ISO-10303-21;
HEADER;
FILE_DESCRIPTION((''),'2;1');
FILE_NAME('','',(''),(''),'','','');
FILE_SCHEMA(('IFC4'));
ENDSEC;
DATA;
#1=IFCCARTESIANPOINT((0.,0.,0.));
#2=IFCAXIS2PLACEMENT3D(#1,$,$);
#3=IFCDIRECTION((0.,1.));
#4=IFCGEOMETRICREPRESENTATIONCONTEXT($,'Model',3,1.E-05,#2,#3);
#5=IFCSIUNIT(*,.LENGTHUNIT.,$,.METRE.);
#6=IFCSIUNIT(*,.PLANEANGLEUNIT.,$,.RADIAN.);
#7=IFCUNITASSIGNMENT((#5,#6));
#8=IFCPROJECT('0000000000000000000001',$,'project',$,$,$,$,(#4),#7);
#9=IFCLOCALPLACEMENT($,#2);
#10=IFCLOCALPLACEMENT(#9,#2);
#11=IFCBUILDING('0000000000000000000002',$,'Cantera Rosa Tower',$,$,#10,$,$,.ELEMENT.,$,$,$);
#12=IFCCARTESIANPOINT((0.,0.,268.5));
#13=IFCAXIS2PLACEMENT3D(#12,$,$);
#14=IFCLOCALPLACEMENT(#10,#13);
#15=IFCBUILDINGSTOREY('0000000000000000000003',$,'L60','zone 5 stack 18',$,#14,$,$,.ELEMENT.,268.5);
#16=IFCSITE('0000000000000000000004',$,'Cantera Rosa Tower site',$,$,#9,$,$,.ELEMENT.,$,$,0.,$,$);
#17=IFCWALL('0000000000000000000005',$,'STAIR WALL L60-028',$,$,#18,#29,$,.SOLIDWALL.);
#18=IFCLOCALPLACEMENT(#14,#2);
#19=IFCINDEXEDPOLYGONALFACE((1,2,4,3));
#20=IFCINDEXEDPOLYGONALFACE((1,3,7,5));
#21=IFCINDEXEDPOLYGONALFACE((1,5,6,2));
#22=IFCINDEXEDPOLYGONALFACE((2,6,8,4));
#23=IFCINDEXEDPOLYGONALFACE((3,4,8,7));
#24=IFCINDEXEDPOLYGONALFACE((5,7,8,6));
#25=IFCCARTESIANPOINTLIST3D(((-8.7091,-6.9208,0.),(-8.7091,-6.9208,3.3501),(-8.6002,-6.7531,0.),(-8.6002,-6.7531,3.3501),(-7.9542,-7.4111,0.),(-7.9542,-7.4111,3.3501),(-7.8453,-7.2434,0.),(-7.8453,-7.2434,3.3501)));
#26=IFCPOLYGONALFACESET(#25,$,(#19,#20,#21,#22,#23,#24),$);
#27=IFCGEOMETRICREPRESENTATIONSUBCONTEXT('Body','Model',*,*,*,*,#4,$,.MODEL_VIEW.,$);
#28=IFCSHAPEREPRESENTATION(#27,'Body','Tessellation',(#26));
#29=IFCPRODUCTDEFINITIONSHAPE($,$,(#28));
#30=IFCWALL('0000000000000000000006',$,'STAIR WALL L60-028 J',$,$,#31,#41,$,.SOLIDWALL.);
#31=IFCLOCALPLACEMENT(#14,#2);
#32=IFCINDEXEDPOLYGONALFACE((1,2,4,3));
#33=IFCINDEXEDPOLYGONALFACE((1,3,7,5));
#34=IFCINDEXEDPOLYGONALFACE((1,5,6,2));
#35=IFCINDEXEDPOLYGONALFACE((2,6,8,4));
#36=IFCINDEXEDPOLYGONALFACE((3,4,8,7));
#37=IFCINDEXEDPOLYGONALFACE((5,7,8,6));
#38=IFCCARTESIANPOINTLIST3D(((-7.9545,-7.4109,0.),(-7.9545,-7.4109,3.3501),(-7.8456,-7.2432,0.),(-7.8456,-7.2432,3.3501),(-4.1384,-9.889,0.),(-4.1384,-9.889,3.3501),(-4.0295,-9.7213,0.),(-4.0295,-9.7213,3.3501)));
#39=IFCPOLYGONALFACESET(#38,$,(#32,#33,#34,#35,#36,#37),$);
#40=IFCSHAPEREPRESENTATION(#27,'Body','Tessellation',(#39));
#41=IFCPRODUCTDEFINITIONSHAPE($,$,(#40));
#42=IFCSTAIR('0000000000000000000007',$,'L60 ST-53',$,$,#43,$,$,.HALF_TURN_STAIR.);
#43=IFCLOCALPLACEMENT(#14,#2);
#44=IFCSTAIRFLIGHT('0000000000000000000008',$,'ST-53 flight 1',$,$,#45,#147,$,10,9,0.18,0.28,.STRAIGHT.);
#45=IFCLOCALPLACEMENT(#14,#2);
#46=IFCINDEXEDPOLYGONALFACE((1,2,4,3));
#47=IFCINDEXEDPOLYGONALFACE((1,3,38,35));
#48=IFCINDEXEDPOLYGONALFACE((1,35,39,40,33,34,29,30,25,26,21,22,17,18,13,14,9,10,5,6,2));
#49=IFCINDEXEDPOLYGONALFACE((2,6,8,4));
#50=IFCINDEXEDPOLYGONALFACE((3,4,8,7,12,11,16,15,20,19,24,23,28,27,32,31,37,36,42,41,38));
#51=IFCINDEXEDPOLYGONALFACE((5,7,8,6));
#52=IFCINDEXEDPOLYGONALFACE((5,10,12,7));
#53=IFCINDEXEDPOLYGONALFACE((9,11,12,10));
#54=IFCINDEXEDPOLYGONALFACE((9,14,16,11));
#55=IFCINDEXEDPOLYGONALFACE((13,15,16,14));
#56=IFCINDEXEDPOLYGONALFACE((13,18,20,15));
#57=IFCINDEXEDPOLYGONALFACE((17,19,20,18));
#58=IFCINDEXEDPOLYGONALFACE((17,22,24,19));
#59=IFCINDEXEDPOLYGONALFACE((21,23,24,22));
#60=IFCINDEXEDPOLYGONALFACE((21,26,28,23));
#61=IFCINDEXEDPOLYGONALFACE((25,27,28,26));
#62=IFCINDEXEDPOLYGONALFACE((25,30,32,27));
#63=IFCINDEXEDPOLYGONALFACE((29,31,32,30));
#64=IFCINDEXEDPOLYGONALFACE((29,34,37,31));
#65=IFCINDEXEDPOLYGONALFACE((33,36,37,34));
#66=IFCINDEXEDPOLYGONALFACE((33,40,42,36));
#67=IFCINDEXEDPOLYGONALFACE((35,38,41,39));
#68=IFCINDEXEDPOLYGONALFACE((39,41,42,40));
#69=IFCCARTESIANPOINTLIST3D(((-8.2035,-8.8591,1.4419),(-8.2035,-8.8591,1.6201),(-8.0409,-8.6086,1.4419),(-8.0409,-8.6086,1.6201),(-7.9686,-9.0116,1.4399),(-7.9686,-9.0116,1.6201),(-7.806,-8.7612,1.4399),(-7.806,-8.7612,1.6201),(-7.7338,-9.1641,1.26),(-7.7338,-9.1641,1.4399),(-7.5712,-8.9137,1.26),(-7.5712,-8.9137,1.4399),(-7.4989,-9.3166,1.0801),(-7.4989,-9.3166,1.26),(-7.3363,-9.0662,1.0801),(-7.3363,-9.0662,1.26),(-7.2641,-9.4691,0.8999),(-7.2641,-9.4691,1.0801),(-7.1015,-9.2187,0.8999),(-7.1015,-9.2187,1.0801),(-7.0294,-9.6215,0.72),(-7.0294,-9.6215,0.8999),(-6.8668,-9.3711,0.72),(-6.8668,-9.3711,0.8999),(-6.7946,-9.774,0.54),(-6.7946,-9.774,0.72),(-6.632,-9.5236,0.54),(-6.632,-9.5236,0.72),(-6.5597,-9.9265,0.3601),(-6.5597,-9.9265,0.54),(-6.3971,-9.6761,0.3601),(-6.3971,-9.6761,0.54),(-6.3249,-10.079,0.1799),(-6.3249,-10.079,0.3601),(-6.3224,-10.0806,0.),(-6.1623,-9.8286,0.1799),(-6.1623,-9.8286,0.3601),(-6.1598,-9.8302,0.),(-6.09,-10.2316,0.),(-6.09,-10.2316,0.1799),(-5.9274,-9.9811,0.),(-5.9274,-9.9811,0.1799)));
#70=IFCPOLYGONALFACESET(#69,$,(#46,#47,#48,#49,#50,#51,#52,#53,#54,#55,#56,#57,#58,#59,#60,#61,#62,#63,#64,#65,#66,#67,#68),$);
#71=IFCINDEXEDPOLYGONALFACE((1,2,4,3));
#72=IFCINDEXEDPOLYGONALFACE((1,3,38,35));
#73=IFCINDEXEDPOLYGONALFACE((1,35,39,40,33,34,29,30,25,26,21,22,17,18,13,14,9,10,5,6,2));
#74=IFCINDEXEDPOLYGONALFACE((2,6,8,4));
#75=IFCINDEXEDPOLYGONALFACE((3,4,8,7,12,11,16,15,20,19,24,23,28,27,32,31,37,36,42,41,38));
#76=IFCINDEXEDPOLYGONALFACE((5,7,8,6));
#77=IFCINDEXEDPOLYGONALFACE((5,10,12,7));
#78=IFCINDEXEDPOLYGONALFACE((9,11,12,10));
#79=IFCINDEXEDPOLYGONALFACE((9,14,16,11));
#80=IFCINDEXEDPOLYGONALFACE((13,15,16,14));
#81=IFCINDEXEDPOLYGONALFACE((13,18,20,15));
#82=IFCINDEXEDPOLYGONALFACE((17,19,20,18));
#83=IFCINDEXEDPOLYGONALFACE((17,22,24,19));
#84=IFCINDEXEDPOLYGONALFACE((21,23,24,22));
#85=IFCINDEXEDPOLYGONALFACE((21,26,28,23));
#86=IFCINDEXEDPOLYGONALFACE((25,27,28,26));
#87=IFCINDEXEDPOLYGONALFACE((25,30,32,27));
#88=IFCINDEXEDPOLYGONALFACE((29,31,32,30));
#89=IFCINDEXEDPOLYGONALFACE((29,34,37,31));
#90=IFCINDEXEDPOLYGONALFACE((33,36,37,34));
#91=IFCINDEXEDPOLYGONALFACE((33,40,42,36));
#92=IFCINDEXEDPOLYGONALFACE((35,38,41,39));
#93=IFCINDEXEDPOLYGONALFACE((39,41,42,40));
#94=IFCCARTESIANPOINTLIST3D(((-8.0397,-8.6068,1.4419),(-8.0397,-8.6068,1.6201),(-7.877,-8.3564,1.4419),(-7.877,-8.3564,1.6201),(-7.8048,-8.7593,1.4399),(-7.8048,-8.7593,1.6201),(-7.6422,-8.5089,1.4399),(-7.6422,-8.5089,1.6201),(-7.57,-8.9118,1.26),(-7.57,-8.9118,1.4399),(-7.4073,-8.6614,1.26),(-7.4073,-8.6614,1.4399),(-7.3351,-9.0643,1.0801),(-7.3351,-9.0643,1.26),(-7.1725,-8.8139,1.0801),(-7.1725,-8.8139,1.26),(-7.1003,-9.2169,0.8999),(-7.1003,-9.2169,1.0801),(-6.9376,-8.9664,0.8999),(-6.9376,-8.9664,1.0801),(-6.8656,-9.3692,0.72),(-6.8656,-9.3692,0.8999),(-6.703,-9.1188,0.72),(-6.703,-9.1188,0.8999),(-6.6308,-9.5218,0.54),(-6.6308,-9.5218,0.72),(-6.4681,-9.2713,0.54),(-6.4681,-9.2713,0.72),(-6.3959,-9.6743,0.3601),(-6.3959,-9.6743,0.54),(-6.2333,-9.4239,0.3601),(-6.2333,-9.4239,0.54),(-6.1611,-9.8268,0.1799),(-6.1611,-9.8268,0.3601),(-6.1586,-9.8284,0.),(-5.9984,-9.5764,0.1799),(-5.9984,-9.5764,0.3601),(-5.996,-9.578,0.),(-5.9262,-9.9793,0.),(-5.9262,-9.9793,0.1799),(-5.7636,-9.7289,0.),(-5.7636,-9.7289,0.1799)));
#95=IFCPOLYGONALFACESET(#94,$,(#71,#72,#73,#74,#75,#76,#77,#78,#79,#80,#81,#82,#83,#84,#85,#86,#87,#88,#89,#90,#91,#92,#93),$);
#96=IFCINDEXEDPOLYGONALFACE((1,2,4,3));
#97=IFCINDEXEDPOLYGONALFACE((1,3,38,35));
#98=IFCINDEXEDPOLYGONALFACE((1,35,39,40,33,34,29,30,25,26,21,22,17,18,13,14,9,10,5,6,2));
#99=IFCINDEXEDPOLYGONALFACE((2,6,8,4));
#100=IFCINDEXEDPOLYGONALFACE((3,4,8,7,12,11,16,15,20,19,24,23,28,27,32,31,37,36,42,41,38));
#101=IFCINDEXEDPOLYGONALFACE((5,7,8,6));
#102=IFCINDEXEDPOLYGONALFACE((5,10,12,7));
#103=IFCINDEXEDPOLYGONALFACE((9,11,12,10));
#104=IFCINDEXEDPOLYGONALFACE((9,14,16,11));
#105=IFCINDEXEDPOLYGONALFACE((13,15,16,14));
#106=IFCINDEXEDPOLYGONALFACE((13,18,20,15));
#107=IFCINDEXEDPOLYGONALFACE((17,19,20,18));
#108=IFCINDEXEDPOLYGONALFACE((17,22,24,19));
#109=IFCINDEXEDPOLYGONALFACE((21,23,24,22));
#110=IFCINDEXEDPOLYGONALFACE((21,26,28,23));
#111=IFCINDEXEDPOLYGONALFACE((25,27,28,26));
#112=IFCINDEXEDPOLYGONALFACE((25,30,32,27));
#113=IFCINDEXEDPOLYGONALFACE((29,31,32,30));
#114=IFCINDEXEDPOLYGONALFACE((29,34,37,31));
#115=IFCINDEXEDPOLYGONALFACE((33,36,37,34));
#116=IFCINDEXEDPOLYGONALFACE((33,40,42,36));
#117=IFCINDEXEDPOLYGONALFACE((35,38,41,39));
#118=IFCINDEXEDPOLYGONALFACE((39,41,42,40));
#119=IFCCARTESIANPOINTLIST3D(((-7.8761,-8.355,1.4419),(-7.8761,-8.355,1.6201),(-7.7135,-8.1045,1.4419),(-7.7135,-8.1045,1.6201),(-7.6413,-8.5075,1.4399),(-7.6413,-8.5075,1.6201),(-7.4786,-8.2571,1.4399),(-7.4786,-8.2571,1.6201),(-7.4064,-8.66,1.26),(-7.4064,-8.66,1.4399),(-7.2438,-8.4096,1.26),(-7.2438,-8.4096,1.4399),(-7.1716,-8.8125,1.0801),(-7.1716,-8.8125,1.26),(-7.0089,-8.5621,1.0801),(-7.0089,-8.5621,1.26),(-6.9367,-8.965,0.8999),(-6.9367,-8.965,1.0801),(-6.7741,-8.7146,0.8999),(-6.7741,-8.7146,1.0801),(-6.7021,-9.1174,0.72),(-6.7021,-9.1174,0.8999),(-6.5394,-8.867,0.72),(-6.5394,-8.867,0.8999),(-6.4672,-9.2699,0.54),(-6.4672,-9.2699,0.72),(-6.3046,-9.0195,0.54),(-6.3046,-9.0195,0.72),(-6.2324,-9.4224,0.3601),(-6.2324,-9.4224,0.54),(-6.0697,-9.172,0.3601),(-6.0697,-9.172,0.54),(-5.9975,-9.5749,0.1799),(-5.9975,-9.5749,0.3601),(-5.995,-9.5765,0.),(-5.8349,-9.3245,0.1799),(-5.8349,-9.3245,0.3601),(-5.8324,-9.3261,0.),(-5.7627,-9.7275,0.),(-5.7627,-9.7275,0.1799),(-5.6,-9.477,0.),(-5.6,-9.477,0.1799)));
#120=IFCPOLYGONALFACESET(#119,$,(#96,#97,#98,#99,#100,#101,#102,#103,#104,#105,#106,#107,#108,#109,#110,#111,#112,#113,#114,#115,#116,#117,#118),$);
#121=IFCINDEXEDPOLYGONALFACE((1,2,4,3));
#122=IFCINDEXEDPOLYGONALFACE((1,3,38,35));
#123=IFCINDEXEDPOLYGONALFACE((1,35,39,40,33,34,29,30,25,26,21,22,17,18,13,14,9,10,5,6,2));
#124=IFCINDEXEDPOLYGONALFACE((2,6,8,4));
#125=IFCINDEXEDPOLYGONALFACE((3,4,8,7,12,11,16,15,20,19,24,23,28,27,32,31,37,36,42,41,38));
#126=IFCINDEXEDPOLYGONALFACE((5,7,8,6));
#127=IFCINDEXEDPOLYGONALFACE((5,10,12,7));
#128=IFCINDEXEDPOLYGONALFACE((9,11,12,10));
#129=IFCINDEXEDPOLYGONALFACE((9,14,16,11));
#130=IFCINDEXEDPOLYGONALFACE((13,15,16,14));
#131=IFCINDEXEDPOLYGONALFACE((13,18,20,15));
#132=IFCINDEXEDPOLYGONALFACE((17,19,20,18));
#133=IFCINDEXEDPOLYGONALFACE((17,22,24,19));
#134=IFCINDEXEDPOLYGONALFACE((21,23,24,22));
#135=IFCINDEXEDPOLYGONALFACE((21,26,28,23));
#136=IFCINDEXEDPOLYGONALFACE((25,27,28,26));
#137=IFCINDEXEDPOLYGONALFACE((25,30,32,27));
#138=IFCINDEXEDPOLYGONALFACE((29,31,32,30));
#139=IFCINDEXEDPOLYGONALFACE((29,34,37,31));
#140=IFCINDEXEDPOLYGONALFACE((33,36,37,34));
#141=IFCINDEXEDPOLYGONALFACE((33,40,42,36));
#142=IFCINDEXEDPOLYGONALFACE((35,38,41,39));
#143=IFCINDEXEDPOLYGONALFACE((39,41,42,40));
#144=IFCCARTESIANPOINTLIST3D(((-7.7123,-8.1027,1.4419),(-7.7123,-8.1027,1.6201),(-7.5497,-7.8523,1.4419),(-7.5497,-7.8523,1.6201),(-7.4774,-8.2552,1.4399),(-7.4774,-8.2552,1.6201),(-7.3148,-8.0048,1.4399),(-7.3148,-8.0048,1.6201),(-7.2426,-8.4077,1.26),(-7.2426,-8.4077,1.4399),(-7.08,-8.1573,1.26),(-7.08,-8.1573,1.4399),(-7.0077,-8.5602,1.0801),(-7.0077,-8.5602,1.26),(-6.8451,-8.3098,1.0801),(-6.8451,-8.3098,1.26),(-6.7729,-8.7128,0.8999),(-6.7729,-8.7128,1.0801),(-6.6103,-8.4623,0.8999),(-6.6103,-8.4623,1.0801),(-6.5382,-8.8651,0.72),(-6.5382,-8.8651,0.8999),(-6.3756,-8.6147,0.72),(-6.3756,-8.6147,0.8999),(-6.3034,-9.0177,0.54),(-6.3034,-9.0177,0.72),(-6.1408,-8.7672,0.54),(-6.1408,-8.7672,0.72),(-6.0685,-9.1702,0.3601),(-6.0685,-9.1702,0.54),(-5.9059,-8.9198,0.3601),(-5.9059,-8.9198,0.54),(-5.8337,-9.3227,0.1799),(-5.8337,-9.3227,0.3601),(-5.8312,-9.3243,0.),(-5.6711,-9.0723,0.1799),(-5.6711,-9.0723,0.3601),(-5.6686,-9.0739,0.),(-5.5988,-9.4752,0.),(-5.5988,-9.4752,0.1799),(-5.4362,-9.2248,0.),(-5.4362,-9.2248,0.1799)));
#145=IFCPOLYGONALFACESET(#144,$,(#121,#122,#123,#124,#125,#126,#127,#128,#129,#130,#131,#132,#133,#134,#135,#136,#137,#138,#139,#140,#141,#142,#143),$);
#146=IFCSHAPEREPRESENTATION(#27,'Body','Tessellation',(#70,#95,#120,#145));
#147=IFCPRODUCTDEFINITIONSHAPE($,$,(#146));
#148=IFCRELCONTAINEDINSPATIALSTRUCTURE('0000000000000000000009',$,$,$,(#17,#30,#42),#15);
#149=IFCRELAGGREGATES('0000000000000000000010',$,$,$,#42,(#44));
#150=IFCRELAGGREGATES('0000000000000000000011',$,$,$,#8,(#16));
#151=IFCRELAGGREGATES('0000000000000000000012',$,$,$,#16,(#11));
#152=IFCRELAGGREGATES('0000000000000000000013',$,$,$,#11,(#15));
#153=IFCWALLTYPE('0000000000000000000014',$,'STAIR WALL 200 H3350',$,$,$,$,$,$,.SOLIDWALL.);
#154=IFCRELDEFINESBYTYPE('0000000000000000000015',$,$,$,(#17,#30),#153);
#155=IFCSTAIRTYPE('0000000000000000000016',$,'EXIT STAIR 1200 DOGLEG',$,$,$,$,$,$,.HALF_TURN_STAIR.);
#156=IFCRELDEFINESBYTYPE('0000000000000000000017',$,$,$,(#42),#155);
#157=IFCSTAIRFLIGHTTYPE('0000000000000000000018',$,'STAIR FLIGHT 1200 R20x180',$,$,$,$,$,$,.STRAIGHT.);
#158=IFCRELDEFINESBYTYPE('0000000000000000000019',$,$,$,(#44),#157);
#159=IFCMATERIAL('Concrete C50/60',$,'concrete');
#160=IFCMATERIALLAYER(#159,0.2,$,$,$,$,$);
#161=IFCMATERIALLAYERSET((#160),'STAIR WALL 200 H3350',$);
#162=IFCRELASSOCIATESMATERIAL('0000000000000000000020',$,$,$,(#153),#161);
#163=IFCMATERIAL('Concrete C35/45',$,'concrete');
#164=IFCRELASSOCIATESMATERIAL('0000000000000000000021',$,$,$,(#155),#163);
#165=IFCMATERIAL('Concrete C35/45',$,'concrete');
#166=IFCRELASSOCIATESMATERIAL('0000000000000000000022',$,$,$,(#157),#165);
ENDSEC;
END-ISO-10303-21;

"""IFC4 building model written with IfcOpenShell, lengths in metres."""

from ifc_helpers import new_model, si_unit, direction, frame, frame_2d, origin, place, context, subcontext, project, spatial, polyline, rectangle, outline, extrude, material, layer, layer_set, type_object, element, aggregate, save


model = new_model("IFC4")

# Units and contexts
model_context = context("Model", 3, precision=1e-05, world=origin(), true_north=direction((0.0, 1.0)))
body_context = subcontext(model_context, "Body", "Model", "MODEL_VIEW")
ifc_project = project(units=[si_unit("LENGTHUNIT", "METRE"), si_unit("PLANEANGLEUNIT", "RADIAN")], contexts=[model_context])

# Site, building, storey
site_placement = place(None, origin())
site = spatial("IfcSite", under=ifc_project, at=site_placement, Name="Cantera Rosa Tower site", CompositionType="ELEMENT", RefElevation=0.0)
building_placement = place(site_placement, origin())
building = spatial("IfcBuilding", under=site, at=building_placement, Name="Cantera Rosa Tower", CompositionType="ELEMENT")
storey_placement = place(building_placement, frame((0.0, 0.0, 268.5)))
storey = spatial("IfcBuildingStorey", under=building, at=storey_placement, Name="L60", Description="zone 5 stack 18", CompositionType="ELEMENT", Elevation=268.5)

# Shared definitions
ifc_material_1 = material(Name="Concrete C50/60", Category="concrete")
ifc_layer_1 = layer(ifc_material_1, 0.2)
ifc_layer_set_1 = layer_set([ifc_layer_1], Name="STAIR WALL 200 H3350")
wall_type_1 = type_object("IfcWallType", Name="STAIR WALL 200 H3350", PredefinedType="SOLIDWALL", material=ifc_layer_set_1)

# Walls
wall_1_placement = place(storey_placement, frame((-8.6548, -6.8369, 0.0), z_axis=(0.0, 0.0, 1.0), x_axis=(0.838667, -0.544645, 0.0)))
element("IfcWall", 1, at=wall_1_placement, inside=storey, type_object=wall_type_1, Name="STAIR WALL L60-028", PredefinedType="SOLIDWALL", context=body_context, shape_type="SweptSolid", body=[
    extrude(rectangle(XDim=0.9001, YDim=0.2, at=frame_2d((0.4502, 0.0))), origin(), (0.0, 0.0, 1.0), 3.3501),
])
wall_2_placement = place(storey_placement, frame((-7.8999, -7.3271, 0.0), z_axis=(0.0, 0.0, 1.0), x_axis=(0.838676, -0.54463, 0.0)))
element("IfcWall", 2, at=wall_2_placement, inside=storey, type_object=wall_type_1, Name="STAIR WALL L60-028 J", PredefinedType="SOLIDWALL", context=body_context, shape_type="SweptSolid", body=[
    extrude(rectangle(XDim=4.55, YDim=0.2, at=frame_2d((2.2749, 0.0))), origin(), (0.0, 0.0, 1.0), 3.3501),
])

# Stair, stair flight
ifc_material_2 = material(Name="Concrete C35/45", Category="concrete")
stair_type_1 = type_object("IfcStairType", Name="EXIT STAIR 1200 DOGLEG", PredefinedType="HALF_TURN_STAIR", material=ifc_material_2)
stair_1_placement = place(storey_placement, origin())
stair_1 = element("IfcStair", 3, at=stair_1_placement, inside=storey, type_object=stair_type_1, Name="L60 ST-53", PredefinedType="HALF_TURN_STAIR")
ifc_material_3 = material(Name="Concrete C35/45", Category="concrete")
stair_flight_type_1 = type_object("IfcStairFlightType", Name="STAIR FLIGHT 1200 R20x180", PredefinedType="STRAIGHT", material=ifc_material_3)
stair_flight_1_placement = place(storey_placement, frame((-5.7632, -9.7283, 0.0), z_axis=(0.0, 0.0, 1.0), x_axis=(-0.838671, 0.544639, 0.0)))
stair_flight_1 = element("IfcStairFlight", 4, at=stair_flight_1_placement, type_object=stair_flight_type_1, Name="ST-53 flight 1", NumberOfRisers=10, NumberOfTreads=9, PredefinedType="STRAIGHT", RiserHeight=0.18, TreadLength=0.28, context=body_context, shape_type="SweptSolid", body=[
    extrude(outline(polyline([(0.0, 0.0), (0.0, 0.1799), (0.28, 0.1799), (0.28, 0.3601), (0.5601, 0.3601), (0.5601, 0.54), (0.8401, 0.54), (0.8401, 0.72), (1.1201, 0.72), (1.1201, 0.8999), (1.3999, 0.8999), (1.3999, 1.0801), (1.6799, 1.0801), (1.6799, 1.26), (1.96, 1.26), (1.96, 1.4399), (2.24, 1.4399), (2.24, 1.6201), (2.52, 1.6201), (2.52, 1.8), (2.52, 1.4419), (0.2771, 0.0), (0.0, 0.0)])), frame((0.0, 0.6001, 0.0), z_axis=(0.0, -1.0, 0.0), x_axis=(1.0, 0.0, 0.0)), (0.0, 0.0, 1.0), 0.2986),
    extrude(outline(polyline([(0.0, 0.0), (0.0, 0.1799), (0.28, 0.1799), (0.28, 0.3601), (0.5601, 0.3601), (0.5601, 0.54), (0.8401, 0.54), (0.8401, 0.72), (1.1201, 0.72), (1.1201, 0.8999), (1.3999, 0.8999), (1.3999, 1.0801), (1.6799, 1.0801), (1.6799, 1.26), (1.96, 1.26), (1.96, 1.4399), (2.24, 1.4399), (2.24, 1.6201), (2.52, 1.6201), (2.52, 1.8), (2.52, 1.4419), (0.2771, 0.0), (0.0, 0.0)])), frame((0.0, 0.2993, 0.0), z_axis=(0.0, -1.0, 0.0), x_axis=(1.0, 0.0, 0.0)), (0.0, 0.0, 1.0), 0.2986),
    extrude(outline(polyline([(0.0, 0.0), (0.0, 0.1799), (0.28, 0.1799), (0.28, 0.3601), (0.5601, 0.3601), (0.5601, 0.54), (0.8401, 0.54), (0.8401, 0.72), (1.1201, 0.72), (1.1201, 0.8999), (1.3999, 0.8999), (1.3999, 1.0801), (1.6799, 1.0801), (1.6799, 1.26), (1.96, 1.26), (1.96, 1.4399), (2.24, 1.4399), (2.24, 1.6201), (2.52, 1.6201), (2.52, 1.8), (2.52, 1.4419), (0.2771, 0.0), (0.0, 0.0)])), frame((0.0, -0.001, 0.0), z_axis=(0.0, -1.0, 0.0), x_axis=(1.0, 0.0, 0.0)), (0.0, 0.0, 1.0), 0.2986),
    extrude(outline(polyline([(0.0, 0.0), (0.0, 0.1799), (0.28, 0.1799), (0.28, 0.3601), (0.5601, 0.3601), (0.5601, 0.54), (0.8401, 0.54), (0.8401, 0.72), (1.1201, 0.72), (1.1201, 0.8999), (1.3999, 0.8999), (1.3999, 1.0801), (1.6799, 1.0801), (1.6799, 1.26), (1.96, 1.26), (1.96, 1.4399), (2.24, 1.4399), (2.24, 1.6201), (2.52, 1.6201), (2.52, 1.8), (2.52, 1.4419), (0.2771, 0.0), (0.0, 0.0)])), frame((0.0, -0.3018, 0.0), z_axis=(0.0, -1.0, 0.0), x_axis=(1.0, 0.0, 0.0)), (0.0, 0.0, 1.0), 0.2986),
])
aggregate(stair_1, [stair_flight_1])

save(model, "model.ifc")
